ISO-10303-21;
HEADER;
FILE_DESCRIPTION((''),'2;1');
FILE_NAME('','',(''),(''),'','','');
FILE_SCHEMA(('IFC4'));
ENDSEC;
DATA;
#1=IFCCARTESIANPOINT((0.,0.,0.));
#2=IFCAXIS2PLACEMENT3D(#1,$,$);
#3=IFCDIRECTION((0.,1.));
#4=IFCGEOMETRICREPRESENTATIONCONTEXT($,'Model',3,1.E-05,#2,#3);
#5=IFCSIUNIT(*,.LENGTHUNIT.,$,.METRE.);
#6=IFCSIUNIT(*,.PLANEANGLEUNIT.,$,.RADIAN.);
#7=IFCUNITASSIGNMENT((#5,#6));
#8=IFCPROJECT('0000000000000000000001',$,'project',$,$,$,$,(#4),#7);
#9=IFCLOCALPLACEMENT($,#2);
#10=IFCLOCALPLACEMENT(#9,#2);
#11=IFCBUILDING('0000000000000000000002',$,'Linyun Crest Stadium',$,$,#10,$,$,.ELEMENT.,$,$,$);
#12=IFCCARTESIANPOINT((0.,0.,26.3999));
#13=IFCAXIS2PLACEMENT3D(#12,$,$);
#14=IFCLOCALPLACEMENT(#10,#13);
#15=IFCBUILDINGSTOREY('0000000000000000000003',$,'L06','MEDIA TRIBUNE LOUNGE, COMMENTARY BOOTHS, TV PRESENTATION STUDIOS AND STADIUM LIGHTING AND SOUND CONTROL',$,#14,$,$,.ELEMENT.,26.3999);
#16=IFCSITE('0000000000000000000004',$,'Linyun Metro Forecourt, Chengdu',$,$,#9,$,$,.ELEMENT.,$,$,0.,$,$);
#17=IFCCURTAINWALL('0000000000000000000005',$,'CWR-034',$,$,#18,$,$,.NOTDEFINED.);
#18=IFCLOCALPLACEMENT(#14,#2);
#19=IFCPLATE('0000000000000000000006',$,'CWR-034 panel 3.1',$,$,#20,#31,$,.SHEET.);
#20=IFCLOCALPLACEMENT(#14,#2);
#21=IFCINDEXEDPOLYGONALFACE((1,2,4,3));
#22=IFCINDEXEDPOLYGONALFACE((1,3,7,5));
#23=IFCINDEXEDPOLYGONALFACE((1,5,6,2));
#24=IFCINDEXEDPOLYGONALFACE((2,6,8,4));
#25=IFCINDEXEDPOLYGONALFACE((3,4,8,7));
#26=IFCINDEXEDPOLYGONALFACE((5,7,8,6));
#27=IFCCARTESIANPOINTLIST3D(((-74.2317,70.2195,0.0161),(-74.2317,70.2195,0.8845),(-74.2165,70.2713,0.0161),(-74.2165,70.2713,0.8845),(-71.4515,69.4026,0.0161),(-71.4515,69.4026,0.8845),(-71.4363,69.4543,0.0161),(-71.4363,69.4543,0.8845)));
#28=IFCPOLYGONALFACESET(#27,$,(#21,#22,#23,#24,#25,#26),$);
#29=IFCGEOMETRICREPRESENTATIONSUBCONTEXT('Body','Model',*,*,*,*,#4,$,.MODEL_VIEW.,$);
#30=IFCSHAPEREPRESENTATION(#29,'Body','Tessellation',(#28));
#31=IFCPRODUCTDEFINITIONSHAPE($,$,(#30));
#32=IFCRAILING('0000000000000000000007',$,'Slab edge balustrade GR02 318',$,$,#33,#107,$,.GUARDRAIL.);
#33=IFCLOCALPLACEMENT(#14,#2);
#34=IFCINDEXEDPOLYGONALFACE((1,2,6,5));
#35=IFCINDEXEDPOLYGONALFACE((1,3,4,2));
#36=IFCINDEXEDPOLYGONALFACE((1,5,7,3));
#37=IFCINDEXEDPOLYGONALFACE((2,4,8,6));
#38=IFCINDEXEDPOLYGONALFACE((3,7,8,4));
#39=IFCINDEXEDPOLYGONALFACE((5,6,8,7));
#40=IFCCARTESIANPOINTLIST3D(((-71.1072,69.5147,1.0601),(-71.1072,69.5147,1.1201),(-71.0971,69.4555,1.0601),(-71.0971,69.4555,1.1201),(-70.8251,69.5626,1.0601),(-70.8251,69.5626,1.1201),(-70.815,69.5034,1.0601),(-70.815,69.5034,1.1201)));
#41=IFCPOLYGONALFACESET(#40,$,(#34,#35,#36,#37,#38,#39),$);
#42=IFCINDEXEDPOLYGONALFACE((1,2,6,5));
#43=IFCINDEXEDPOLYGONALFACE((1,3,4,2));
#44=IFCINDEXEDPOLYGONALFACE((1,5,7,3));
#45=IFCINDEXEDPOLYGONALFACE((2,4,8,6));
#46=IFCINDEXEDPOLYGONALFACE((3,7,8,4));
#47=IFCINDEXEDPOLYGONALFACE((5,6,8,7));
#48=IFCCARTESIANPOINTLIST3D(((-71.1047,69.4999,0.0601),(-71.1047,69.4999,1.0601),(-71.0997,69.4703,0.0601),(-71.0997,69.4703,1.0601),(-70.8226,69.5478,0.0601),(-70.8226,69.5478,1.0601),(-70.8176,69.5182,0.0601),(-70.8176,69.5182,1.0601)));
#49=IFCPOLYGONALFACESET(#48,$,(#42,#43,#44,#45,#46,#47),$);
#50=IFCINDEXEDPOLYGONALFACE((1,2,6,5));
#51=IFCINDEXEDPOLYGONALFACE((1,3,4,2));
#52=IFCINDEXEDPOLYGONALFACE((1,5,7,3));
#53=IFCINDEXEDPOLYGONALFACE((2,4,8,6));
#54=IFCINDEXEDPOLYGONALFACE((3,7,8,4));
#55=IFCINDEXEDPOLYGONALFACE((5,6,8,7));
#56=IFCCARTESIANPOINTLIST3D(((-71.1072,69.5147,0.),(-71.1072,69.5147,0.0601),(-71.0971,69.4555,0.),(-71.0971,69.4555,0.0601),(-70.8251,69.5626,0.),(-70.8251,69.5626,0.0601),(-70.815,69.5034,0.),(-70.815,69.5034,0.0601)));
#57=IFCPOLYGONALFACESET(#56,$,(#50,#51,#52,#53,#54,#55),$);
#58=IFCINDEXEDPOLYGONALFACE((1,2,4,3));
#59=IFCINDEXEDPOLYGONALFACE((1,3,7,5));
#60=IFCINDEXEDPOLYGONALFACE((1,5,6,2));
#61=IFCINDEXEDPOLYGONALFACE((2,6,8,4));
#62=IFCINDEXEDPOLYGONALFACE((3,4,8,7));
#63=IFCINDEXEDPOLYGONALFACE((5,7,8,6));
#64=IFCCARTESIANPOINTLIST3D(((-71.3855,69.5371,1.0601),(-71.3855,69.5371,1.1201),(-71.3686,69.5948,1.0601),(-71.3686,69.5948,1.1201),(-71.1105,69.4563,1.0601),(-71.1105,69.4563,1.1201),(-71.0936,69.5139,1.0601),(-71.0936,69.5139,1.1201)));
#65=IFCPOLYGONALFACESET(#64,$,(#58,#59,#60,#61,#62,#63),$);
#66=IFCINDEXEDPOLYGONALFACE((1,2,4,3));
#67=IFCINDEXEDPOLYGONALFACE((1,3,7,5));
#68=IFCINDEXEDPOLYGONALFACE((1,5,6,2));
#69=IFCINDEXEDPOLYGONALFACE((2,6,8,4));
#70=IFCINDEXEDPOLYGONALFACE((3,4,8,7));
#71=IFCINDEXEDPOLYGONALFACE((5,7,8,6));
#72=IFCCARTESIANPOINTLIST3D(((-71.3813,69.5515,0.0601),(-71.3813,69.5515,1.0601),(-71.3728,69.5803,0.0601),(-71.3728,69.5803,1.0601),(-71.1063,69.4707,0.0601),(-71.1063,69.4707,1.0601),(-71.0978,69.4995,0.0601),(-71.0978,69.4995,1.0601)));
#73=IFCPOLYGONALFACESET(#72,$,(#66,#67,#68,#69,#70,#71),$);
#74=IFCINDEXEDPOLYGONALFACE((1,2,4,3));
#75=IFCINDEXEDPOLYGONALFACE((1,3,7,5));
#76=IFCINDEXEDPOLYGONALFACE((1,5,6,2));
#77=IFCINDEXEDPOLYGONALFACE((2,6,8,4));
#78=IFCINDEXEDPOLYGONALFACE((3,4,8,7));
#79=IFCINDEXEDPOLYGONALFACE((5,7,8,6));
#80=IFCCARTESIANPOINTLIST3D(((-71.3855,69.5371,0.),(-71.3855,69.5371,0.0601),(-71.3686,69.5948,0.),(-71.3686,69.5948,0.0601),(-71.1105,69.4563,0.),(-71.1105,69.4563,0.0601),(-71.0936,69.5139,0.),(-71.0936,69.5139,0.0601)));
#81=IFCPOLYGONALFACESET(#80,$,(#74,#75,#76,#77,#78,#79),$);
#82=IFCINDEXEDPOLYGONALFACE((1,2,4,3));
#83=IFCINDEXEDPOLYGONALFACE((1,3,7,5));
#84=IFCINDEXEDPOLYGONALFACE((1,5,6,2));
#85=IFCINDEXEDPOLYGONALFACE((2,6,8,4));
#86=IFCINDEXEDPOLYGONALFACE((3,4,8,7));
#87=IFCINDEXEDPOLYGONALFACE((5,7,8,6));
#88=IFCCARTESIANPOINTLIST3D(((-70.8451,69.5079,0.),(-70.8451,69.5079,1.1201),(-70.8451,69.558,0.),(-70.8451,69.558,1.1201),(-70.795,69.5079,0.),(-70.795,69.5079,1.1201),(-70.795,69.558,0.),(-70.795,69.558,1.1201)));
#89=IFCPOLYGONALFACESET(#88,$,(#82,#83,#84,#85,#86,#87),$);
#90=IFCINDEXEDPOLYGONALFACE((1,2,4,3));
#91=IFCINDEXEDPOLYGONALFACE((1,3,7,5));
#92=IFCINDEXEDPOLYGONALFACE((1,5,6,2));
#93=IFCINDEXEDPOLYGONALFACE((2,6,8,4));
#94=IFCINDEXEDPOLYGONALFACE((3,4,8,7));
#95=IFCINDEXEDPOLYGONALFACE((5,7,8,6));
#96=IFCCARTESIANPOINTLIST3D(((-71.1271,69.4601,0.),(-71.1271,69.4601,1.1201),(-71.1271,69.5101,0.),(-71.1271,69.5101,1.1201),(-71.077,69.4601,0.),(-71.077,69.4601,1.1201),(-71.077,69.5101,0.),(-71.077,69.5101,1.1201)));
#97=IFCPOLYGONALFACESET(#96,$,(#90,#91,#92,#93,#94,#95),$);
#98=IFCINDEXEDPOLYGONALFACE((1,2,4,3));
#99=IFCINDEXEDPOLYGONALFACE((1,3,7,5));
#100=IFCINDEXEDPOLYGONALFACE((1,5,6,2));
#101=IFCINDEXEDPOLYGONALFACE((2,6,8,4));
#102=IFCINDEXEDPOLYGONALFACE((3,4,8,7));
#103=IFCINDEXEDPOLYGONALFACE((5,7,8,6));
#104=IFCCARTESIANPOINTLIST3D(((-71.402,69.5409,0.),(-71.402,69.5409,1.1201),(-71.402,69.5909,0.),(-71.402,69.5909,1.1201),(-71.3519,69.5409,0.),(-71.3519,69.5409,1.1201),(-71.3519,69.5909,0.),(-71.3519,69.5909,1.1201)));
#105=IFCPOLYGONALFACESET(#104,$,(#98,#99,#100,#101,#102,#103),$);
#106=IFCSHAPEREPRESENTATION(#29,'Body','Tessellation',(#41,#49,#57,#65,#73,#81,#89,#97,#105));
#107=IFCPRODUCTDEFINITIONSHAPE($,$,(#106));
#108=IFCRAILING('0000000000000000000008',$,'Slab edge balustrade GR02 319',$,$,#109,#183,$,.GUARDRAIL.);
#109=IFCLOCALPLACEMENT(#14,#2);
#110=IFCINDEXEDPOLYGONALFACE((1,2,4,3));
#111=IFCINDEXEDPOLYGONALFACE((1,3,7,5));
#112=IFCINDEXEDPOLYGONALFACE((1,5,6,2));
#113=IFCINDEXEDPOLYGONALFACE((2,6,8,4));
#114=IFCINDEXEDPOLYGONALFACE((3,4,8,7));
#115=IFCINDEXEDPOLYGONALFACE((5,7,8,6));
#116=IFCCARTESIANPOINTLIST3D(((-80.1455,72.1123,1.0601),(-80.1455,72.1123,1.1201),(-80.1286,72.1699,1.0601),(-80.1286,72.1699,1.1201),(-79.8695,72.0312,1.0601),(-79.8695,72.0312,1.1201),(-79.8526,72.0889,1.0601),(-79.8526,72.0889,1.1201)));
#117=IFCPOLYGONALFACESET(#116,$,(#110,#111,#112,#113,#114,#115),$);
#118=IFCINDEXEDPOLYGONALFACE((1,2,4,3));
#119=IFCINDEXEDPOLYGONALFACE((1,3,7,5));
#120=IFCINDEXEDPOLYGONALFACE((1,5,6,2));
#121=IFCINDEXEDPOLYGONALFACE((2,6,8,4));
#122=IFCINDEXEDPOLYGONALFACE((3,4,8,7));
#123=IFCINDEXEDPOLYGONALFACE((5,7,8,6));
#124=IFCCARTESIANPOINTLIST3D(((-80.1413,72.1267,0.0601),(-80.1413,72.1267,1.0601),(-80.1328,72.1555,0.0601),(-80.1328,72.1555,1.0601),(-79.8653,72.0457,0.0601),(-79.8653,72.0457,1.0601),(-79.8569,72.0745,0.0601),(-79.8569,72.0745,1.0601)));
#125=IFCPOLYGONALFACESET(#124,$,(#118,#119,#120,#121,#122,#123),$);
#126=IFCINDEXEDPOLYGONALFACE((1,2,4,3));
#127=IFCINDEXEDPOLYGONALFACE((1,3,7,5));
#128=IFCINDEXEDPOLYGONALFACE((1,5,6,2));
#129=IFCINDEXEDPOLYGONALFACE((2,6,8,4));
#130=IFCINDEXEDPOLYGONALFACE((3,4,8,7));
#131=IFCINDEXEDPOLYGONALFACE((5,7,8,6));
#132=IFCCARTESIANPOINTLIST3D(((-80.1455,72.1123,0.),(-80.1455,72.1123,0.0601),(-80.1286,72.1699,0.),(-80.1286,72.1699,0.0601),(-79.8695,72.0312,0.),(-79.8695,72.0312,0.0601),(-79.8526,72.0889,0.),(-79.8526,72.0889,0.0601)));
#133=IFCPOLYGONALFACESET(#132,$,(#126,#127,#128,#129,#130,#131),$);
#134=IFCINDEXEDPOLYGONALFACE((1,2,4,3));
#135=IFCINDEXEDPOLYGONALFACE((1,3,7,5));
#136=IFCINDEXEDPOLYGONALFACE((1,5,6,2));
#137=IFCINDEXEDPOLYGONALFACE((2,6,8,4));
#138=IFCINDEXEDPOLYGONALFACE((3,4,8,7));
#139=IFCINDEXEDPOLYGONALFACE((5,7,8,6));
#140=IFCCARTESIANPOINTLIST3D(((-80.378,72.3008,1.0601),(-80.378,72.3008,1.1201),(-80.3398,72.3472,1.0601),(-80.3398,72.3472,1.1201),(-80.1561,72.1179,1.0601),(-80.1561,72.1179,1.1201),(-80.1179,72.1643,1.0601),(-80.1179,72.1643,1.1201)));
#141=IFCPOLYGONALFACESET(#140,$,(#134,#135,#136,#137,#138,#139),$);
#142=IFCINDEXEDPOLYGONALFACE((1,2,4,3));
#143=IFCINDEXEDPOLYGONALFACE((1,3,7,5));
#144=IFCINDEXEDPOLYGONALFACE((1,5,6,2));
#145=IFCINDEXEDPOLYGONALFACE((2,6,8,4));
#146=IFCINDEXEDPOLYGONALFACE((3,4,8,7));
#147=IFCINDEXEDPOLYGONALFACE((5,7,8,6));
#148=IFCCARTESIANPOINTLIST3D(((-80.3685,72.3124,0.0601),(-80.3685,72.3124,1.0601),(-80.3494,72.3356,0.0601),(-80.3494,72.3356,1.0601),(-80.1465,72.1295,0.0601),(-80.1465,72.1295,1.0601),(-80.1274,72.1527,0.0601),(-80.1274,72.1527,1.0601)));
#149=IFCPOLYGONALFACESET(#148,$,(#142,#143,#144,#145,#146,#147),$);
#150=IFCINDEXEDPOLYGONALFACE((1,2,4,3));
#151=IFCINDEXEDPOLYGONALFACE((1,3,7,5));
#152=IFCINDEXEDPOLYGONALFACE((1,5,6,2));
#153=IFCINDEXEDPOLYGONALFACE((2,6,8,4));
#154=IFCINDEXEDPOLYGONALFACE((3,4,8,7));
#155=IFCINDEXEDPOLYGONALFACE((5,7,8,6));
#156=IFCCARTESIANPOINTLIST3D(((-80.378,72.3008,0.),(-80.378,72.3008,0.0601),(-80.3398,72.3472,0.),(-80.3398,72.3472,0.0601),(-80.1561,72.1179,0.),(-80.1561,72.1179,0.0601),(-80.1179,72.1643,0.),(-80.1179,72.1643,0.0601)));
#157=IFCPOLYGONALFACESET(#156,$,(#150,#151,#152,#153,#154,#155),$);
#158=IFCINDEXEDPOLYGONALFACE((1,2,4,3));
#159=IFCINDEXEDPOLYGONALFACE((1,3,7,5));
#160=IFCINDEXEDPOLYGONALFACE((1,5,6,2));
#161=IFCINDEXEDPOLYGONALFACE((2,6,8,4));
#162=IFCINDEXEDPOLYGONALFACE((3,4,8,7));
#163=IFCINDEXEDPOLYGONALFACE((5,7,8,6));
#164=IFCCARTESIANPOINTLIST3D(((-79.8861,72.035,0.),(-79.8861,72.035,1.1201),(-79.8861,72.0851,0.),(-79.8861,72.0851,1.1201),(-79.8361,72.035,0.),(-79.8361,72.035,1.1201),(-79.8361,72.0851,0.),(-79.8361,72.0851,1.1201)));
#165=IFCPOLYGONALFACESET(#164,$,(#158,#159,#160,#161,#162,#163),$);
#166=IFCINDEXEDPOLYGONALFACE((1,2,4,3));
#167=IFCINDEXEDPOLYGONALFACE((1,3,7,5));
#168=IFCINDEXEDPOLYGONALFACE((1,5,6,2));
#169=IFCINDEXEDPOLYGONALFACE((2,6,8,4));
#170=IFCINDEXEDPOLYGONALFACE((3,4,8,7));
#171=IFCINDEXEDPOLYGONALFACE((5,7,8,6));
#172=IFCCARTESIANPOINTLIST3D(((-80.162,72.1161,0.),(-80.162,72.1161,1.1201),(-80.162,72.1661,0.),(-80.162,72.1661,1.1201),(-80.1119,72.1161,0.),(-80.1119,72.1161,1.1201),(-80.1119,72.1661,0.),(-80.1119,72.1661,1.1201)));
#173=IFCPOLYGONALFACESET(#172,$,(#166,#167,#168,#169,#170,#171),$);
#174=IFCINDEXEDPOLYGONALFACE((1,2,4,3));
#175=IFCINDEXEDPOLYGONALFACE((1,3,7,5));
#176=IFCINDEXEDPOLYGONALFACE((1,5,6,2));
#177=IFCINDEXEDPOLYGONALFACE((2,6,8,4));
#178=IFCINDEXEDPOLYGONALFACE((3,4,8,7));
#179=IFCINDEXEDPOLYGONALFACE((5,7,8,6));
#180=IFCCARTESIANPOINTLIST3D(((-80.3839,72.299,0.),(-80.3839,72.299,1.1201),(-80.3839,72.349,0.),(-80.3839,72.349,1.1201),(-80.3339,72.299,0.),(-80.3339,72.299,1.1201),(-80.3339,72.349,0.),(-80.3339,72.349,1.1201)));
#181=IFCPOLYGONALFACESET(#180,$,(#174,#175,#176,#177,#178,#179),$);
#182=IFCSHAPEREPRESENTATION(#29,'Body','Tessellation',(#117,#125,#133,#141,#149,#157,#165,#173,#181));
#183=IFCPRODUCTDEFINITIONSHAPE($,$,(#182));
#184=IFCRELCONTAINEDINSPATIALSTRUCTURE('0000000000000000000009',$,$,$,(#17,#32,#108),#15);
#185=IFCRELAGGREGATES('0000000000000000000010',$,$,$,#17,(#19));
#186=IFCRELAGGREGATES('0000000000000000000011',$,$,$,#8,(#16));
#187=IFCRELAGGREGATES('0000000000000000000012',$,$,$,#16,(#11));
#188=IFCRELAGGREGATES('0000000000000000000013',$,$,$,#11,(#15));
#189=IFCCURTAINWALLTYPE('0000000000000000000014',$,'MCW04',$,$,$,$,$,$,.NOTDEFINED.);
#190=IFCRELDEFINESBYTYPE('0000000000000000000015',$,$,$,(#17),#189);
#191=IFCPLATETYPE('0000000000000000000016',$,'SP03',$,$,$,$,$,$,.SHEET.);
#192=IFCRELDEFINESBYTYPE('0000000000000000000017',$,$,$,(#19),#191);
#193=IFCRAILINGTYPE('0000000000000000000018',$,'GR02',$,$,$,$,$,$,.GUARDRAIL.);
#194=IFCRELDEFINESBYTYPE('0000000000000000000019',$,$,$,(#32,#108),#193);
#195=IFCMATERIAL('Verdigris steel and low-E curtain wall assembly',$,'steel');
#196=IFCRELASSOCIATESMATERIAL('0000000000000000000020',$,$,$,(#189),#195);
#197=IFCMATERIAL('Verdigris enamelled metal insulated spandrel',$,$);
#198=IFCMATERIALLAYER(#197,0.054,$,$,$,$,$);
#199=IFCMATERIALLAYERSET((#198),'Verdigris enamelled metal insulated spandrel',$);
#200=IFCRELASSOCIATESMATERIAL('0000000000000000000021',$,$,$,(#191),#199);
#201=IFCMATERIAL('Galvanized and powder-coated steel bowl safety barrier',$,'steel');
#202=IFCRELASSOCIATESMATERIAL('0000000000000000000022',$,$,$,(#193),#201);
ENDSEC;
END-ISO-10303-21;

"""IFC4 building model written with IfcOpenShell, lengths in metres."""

from ifc_helpers import new_model, si_unit, direction, frame, origin, origin_2d, place, context, subcontext, project, spatial, rectangle, extrude, material, layer, layer_set, type_object, element, aggregate, save


model = new_model("IFC4")

# Units and contexts
model_context = context("Model", 3, precision=1e-05, world=origin(), true_north=direction((0.0, 1.0)))
body_context = subcontext(model_context, "Body", "Model", "MODEL_VIEW")
ifc_project = project(units=[si_unit("LENGTHUNIT", "METRE"), si_unit("PLANEANGLEUNIT", "RADIAN")], contexts=[model_context])

# Site, building, storey
site_placement = place(None, origin())
site = spatial("IfcSite", under=ifc_project, at=site_placement, Name="Linyun Metro Forecourt, Chengdu", CompositionType="ELEMENT", RefElevation=0.0)
building_placement = place(site_placement, origin())
building = spatial("IfcBuilding", under=site, at=building_placement, Name="Linyun Crest Stadium", CompositionType="ELEMENT")
storey_placement = place(building_placement, frame((0.0, 0.0, 26.3999)))
storey = spatial("IfcBuildingStorey", under=building, at=storey_placement, Name="L06", Description="MEDIA TRIBUNE LOUNGE, COMMENTARY BOOTHS, TV PRESENTATION STUDIOS AND STADIUM LIGHTING AND SOUND CONTROL", CompositionType="ELEMENT", Elevation=26.3999)

# Shared definitions
ifc_material_1 = material(Name="Verdigris steel and low-E curtain wall assembly", Category="steel")
curtain_wall_type = type_object("IfcCurtainWallType", Name="MCW04", PredefinedType="NOTDEFINED", material=ifc_material_1)

# Curtain wall
curtain_wall_1_placement = place(storey_placement, origin())
curtain_wall_1 = element("IfcCurtainWall", 1, at=curtain_wall_1_placement, inside=storey, type_object=curtain_wall_type, Name="CWR-034", PredefinedType="NOTDEFINED")

# Plate
ifc_material_2 = material(Name="Verdigris enamelled metal insulated spandrel")
ifc_layer_1 = layer(ifc_material_2, 0.054)
ifc_layer_set_1 = layer_set([ifc_layer_1], Name="Verdigris enamelled metal insulated spandrel")
plate_type_1 = type_object("IfcPlateType", Name="SP03", PredefinedType="SHEET", material=ifc_layer_set_1)
plate_1_placement = place(storey_placement, frame((-72.834, 69.8369, 0.0161), z_axis=(0.0, 0.0, 1.0), x_axis=(0.959437, -0.281923, 0.0)))
plate_1 = element("IfcPlate", 2, at=plate_1_placement, type_object=plate_type_1, Name="CWR-034 panel 3.1", PredefinedType="SHEET", context=body_context, shape_type="SweptSolid", body=[
    extrude(rectangle(XDim=2.8977, YDim=0.054, at=origin_2d()), origin(), (0.0, 0.0, 1.0), 0.8684),
])
aggregate(curtain_wall_1, [plate_1])

# Railings
ifc_material_3 = material(Name="Galvanized and powder-coated steel bowl safety barrier", Category="steel")
railing_type = type_object("IfcRailingType", Name="GR02", PredefinedType="GUARDRAIL", material=ifc_material_3)
railing_1_placement = place(storey_placement, frame((-70.8201, 69.533, 0.0)))
element("IfcRailing", 3, at=railing_1_placement, inside=storey, type_object=railing_type, Name="Slab edge balustrade GR02 318", PredefinedType="GUARDRAIL", context=body_context, shape_type="SweptSolid", body=[
    extrude(rectangle(XDim=0.0601, YDim=0.0601, at=origin_2d()), frame((0.0, 0.0, 1.0901), z_axis=(-0.985905, -0.167305, 0.0), x_axis=(0.167305, -0.985905, 0.0)), (0.0, 0.0, 1.0), 0.2861),
    extrude(rectangle(XDim=0.03, YDim=1.0, at=origin_2d()), frame((0.0, 0.0, 0.5601), z_axis=(-0.985905, -0.167305, 0.0), x_axis=(0.167305, -0.985905, 0.0)), (0.0, 0.0, 1.0), 0.2861),
    extrude(rectangle(XDim=0.0601, YDim=0.0601, at=origin_2d()), frame((0.0, 0.0, 0.03), z_axis=(-0.985905, -0.167305, 0.0), x_axis=(0.167305, -0.985905, 0.0)), (0.0, 0.0, 1.0), 0.2861),
    extrude(rectangle(XDim=0.0601, YDim=0.0601, at=origin_2d()), frame((-0.282, -0.0479, 1.0901), z_axis=(-0.959406, 0.282028, 0.0), x_axis=(-0.282028, -0.959406, 0.0)), (0.0, 0.0, 1.0), 0.2866),
    extrude(rectangle(XDim=0.03, YDim=1.0, at=origin_2d()), frame((-0.282, -0.0479, 0.5601), z_axis=(-0.959406, 0.282028, 0.0), x_axis=(-0.282028, -0.959406, 0.0)), (0.0, 0.0, 1.0), 0.2866),
    extrude(rectangle(XDim=0.0601, YDim=0.0601, at=origin_2d()), frame((-0.282, -0.0479, 0.03), z_axis=(-0.959406, 0.282028, 0.0), x_axis=(-0.282028, -0.959406, 0.0)), (0.0, 0.0, 1.0), 0.2866),
    extrude(rectangle(XDim=0.05, YDim=0.05, at=origin_2d()), origin(), (0.0, 0.0, 1.0), 1.1201),
    extrude(rectangle(XDim=0.05, YDim=0.05, at=origin_2d()), frame((-0.282, -0.0479, 0.0)), (0.0, 0.0, 1.0), 1.1201),
    extrude(rectangle(XDim=0.05, YDim=0.05, at=origin_2d()), frame((-0.5569, 0.033, 0.0)), (0.0, 0.0, 1.0), 1.1201),
])
railing_2_placement = place(storey_placement, frame((-79.8611, 72.0601, 0.0)))
element("IfcRailing", 4, at=railing_2_placement, inside=storey, type_object=railing_type, Name="Slab edge balustrade GR02 319", PredefinedType="GUARDRAIL", context=body_context, shape_type="SweptSolid", body=[
    extrude(rectangle(XDim=0.0601, YDim=0.0601, at=origin_2d()), frame((0.0, 0.0, 1.0901), z_axis=(-0.959447, 0.281891, 0.0), x_axis=(-0.281891, -0.959447, 0.0)), (0.0, 0.0, 1.0), 0.2876),
    extrude(rectangle(XDim=0.03, YDim=1.0, at=origin_2d()), frame((0.0, 0.0, 0.5601), z_axis=(-0.959447, 0.281891, 0.0), x_axis=(-0.281891, -0.959447, 0.0)), (0.0, 0.0, 1.0), 0.2876),
    extrude(rectangle(XDim=0.0601, YDim=0.0601, at=origin_2d()), frame((0.0, 0.0, 0.03), z_axis=(-0.959447, 0.281891, 0.0), x_axis=(-0.281891, -0.959447, 0.0)), (0.0, 0.0, 1.0), 0.2876),
    extrude(rectangle(XDim=0.0601, YDim=0.0601, at=origin_2d()), frame((-0.2759, 0.0811, 1.0901), z_axis=(-0.771759, 0.635916, 0.0), x_axis=(-0.635916, -0.771759, 0.0)), (0.0, 0.0, 1.0), 0.2876),
    extrude(rectangle(XDim=0.03, YDim=1.0, at=origin_2d()), frame((-0.2759, 0.0811, 0.5601), z_axis=(-0.771759, 0.635916, 0.0), x_axis=(-0.635916, -0.771759, 0.0)), (0.0, 0.0, 1.0), 0.2876),
    extrude(rectangle(XDim=0.0601, YDim=0.0601, at=origin_2d()), frame((-0.2759, 0.0811, 0.03), z_axis=(-0.771759, 0.635916, 0.0), x_axis=(-0.635916, -0.771759, 0.0)), (0.0, 0.0, 1.0), 0.2876),
    extrude(rectangle(XDim=0.05, YDim=0.05, at=origin_2d()), origin(), (0.0, 0.0, 1.0), 1.1201),
    extrude(rectangle(XDim=0.05, YDim=0.05, at=origin_2d()), frame((-0.2759, 0.0811, 0.0)), (0.0, 0.0, 1.0), 1.1201),
    extrude(rectangle(XDim=0.05, YDim=0.05, at=origin_2d()), frame((-0.4978, 0.2639, 0.0)), (0.0, 0.0, 1.0), 1.1201),
])

save(model, "model.ifc")
